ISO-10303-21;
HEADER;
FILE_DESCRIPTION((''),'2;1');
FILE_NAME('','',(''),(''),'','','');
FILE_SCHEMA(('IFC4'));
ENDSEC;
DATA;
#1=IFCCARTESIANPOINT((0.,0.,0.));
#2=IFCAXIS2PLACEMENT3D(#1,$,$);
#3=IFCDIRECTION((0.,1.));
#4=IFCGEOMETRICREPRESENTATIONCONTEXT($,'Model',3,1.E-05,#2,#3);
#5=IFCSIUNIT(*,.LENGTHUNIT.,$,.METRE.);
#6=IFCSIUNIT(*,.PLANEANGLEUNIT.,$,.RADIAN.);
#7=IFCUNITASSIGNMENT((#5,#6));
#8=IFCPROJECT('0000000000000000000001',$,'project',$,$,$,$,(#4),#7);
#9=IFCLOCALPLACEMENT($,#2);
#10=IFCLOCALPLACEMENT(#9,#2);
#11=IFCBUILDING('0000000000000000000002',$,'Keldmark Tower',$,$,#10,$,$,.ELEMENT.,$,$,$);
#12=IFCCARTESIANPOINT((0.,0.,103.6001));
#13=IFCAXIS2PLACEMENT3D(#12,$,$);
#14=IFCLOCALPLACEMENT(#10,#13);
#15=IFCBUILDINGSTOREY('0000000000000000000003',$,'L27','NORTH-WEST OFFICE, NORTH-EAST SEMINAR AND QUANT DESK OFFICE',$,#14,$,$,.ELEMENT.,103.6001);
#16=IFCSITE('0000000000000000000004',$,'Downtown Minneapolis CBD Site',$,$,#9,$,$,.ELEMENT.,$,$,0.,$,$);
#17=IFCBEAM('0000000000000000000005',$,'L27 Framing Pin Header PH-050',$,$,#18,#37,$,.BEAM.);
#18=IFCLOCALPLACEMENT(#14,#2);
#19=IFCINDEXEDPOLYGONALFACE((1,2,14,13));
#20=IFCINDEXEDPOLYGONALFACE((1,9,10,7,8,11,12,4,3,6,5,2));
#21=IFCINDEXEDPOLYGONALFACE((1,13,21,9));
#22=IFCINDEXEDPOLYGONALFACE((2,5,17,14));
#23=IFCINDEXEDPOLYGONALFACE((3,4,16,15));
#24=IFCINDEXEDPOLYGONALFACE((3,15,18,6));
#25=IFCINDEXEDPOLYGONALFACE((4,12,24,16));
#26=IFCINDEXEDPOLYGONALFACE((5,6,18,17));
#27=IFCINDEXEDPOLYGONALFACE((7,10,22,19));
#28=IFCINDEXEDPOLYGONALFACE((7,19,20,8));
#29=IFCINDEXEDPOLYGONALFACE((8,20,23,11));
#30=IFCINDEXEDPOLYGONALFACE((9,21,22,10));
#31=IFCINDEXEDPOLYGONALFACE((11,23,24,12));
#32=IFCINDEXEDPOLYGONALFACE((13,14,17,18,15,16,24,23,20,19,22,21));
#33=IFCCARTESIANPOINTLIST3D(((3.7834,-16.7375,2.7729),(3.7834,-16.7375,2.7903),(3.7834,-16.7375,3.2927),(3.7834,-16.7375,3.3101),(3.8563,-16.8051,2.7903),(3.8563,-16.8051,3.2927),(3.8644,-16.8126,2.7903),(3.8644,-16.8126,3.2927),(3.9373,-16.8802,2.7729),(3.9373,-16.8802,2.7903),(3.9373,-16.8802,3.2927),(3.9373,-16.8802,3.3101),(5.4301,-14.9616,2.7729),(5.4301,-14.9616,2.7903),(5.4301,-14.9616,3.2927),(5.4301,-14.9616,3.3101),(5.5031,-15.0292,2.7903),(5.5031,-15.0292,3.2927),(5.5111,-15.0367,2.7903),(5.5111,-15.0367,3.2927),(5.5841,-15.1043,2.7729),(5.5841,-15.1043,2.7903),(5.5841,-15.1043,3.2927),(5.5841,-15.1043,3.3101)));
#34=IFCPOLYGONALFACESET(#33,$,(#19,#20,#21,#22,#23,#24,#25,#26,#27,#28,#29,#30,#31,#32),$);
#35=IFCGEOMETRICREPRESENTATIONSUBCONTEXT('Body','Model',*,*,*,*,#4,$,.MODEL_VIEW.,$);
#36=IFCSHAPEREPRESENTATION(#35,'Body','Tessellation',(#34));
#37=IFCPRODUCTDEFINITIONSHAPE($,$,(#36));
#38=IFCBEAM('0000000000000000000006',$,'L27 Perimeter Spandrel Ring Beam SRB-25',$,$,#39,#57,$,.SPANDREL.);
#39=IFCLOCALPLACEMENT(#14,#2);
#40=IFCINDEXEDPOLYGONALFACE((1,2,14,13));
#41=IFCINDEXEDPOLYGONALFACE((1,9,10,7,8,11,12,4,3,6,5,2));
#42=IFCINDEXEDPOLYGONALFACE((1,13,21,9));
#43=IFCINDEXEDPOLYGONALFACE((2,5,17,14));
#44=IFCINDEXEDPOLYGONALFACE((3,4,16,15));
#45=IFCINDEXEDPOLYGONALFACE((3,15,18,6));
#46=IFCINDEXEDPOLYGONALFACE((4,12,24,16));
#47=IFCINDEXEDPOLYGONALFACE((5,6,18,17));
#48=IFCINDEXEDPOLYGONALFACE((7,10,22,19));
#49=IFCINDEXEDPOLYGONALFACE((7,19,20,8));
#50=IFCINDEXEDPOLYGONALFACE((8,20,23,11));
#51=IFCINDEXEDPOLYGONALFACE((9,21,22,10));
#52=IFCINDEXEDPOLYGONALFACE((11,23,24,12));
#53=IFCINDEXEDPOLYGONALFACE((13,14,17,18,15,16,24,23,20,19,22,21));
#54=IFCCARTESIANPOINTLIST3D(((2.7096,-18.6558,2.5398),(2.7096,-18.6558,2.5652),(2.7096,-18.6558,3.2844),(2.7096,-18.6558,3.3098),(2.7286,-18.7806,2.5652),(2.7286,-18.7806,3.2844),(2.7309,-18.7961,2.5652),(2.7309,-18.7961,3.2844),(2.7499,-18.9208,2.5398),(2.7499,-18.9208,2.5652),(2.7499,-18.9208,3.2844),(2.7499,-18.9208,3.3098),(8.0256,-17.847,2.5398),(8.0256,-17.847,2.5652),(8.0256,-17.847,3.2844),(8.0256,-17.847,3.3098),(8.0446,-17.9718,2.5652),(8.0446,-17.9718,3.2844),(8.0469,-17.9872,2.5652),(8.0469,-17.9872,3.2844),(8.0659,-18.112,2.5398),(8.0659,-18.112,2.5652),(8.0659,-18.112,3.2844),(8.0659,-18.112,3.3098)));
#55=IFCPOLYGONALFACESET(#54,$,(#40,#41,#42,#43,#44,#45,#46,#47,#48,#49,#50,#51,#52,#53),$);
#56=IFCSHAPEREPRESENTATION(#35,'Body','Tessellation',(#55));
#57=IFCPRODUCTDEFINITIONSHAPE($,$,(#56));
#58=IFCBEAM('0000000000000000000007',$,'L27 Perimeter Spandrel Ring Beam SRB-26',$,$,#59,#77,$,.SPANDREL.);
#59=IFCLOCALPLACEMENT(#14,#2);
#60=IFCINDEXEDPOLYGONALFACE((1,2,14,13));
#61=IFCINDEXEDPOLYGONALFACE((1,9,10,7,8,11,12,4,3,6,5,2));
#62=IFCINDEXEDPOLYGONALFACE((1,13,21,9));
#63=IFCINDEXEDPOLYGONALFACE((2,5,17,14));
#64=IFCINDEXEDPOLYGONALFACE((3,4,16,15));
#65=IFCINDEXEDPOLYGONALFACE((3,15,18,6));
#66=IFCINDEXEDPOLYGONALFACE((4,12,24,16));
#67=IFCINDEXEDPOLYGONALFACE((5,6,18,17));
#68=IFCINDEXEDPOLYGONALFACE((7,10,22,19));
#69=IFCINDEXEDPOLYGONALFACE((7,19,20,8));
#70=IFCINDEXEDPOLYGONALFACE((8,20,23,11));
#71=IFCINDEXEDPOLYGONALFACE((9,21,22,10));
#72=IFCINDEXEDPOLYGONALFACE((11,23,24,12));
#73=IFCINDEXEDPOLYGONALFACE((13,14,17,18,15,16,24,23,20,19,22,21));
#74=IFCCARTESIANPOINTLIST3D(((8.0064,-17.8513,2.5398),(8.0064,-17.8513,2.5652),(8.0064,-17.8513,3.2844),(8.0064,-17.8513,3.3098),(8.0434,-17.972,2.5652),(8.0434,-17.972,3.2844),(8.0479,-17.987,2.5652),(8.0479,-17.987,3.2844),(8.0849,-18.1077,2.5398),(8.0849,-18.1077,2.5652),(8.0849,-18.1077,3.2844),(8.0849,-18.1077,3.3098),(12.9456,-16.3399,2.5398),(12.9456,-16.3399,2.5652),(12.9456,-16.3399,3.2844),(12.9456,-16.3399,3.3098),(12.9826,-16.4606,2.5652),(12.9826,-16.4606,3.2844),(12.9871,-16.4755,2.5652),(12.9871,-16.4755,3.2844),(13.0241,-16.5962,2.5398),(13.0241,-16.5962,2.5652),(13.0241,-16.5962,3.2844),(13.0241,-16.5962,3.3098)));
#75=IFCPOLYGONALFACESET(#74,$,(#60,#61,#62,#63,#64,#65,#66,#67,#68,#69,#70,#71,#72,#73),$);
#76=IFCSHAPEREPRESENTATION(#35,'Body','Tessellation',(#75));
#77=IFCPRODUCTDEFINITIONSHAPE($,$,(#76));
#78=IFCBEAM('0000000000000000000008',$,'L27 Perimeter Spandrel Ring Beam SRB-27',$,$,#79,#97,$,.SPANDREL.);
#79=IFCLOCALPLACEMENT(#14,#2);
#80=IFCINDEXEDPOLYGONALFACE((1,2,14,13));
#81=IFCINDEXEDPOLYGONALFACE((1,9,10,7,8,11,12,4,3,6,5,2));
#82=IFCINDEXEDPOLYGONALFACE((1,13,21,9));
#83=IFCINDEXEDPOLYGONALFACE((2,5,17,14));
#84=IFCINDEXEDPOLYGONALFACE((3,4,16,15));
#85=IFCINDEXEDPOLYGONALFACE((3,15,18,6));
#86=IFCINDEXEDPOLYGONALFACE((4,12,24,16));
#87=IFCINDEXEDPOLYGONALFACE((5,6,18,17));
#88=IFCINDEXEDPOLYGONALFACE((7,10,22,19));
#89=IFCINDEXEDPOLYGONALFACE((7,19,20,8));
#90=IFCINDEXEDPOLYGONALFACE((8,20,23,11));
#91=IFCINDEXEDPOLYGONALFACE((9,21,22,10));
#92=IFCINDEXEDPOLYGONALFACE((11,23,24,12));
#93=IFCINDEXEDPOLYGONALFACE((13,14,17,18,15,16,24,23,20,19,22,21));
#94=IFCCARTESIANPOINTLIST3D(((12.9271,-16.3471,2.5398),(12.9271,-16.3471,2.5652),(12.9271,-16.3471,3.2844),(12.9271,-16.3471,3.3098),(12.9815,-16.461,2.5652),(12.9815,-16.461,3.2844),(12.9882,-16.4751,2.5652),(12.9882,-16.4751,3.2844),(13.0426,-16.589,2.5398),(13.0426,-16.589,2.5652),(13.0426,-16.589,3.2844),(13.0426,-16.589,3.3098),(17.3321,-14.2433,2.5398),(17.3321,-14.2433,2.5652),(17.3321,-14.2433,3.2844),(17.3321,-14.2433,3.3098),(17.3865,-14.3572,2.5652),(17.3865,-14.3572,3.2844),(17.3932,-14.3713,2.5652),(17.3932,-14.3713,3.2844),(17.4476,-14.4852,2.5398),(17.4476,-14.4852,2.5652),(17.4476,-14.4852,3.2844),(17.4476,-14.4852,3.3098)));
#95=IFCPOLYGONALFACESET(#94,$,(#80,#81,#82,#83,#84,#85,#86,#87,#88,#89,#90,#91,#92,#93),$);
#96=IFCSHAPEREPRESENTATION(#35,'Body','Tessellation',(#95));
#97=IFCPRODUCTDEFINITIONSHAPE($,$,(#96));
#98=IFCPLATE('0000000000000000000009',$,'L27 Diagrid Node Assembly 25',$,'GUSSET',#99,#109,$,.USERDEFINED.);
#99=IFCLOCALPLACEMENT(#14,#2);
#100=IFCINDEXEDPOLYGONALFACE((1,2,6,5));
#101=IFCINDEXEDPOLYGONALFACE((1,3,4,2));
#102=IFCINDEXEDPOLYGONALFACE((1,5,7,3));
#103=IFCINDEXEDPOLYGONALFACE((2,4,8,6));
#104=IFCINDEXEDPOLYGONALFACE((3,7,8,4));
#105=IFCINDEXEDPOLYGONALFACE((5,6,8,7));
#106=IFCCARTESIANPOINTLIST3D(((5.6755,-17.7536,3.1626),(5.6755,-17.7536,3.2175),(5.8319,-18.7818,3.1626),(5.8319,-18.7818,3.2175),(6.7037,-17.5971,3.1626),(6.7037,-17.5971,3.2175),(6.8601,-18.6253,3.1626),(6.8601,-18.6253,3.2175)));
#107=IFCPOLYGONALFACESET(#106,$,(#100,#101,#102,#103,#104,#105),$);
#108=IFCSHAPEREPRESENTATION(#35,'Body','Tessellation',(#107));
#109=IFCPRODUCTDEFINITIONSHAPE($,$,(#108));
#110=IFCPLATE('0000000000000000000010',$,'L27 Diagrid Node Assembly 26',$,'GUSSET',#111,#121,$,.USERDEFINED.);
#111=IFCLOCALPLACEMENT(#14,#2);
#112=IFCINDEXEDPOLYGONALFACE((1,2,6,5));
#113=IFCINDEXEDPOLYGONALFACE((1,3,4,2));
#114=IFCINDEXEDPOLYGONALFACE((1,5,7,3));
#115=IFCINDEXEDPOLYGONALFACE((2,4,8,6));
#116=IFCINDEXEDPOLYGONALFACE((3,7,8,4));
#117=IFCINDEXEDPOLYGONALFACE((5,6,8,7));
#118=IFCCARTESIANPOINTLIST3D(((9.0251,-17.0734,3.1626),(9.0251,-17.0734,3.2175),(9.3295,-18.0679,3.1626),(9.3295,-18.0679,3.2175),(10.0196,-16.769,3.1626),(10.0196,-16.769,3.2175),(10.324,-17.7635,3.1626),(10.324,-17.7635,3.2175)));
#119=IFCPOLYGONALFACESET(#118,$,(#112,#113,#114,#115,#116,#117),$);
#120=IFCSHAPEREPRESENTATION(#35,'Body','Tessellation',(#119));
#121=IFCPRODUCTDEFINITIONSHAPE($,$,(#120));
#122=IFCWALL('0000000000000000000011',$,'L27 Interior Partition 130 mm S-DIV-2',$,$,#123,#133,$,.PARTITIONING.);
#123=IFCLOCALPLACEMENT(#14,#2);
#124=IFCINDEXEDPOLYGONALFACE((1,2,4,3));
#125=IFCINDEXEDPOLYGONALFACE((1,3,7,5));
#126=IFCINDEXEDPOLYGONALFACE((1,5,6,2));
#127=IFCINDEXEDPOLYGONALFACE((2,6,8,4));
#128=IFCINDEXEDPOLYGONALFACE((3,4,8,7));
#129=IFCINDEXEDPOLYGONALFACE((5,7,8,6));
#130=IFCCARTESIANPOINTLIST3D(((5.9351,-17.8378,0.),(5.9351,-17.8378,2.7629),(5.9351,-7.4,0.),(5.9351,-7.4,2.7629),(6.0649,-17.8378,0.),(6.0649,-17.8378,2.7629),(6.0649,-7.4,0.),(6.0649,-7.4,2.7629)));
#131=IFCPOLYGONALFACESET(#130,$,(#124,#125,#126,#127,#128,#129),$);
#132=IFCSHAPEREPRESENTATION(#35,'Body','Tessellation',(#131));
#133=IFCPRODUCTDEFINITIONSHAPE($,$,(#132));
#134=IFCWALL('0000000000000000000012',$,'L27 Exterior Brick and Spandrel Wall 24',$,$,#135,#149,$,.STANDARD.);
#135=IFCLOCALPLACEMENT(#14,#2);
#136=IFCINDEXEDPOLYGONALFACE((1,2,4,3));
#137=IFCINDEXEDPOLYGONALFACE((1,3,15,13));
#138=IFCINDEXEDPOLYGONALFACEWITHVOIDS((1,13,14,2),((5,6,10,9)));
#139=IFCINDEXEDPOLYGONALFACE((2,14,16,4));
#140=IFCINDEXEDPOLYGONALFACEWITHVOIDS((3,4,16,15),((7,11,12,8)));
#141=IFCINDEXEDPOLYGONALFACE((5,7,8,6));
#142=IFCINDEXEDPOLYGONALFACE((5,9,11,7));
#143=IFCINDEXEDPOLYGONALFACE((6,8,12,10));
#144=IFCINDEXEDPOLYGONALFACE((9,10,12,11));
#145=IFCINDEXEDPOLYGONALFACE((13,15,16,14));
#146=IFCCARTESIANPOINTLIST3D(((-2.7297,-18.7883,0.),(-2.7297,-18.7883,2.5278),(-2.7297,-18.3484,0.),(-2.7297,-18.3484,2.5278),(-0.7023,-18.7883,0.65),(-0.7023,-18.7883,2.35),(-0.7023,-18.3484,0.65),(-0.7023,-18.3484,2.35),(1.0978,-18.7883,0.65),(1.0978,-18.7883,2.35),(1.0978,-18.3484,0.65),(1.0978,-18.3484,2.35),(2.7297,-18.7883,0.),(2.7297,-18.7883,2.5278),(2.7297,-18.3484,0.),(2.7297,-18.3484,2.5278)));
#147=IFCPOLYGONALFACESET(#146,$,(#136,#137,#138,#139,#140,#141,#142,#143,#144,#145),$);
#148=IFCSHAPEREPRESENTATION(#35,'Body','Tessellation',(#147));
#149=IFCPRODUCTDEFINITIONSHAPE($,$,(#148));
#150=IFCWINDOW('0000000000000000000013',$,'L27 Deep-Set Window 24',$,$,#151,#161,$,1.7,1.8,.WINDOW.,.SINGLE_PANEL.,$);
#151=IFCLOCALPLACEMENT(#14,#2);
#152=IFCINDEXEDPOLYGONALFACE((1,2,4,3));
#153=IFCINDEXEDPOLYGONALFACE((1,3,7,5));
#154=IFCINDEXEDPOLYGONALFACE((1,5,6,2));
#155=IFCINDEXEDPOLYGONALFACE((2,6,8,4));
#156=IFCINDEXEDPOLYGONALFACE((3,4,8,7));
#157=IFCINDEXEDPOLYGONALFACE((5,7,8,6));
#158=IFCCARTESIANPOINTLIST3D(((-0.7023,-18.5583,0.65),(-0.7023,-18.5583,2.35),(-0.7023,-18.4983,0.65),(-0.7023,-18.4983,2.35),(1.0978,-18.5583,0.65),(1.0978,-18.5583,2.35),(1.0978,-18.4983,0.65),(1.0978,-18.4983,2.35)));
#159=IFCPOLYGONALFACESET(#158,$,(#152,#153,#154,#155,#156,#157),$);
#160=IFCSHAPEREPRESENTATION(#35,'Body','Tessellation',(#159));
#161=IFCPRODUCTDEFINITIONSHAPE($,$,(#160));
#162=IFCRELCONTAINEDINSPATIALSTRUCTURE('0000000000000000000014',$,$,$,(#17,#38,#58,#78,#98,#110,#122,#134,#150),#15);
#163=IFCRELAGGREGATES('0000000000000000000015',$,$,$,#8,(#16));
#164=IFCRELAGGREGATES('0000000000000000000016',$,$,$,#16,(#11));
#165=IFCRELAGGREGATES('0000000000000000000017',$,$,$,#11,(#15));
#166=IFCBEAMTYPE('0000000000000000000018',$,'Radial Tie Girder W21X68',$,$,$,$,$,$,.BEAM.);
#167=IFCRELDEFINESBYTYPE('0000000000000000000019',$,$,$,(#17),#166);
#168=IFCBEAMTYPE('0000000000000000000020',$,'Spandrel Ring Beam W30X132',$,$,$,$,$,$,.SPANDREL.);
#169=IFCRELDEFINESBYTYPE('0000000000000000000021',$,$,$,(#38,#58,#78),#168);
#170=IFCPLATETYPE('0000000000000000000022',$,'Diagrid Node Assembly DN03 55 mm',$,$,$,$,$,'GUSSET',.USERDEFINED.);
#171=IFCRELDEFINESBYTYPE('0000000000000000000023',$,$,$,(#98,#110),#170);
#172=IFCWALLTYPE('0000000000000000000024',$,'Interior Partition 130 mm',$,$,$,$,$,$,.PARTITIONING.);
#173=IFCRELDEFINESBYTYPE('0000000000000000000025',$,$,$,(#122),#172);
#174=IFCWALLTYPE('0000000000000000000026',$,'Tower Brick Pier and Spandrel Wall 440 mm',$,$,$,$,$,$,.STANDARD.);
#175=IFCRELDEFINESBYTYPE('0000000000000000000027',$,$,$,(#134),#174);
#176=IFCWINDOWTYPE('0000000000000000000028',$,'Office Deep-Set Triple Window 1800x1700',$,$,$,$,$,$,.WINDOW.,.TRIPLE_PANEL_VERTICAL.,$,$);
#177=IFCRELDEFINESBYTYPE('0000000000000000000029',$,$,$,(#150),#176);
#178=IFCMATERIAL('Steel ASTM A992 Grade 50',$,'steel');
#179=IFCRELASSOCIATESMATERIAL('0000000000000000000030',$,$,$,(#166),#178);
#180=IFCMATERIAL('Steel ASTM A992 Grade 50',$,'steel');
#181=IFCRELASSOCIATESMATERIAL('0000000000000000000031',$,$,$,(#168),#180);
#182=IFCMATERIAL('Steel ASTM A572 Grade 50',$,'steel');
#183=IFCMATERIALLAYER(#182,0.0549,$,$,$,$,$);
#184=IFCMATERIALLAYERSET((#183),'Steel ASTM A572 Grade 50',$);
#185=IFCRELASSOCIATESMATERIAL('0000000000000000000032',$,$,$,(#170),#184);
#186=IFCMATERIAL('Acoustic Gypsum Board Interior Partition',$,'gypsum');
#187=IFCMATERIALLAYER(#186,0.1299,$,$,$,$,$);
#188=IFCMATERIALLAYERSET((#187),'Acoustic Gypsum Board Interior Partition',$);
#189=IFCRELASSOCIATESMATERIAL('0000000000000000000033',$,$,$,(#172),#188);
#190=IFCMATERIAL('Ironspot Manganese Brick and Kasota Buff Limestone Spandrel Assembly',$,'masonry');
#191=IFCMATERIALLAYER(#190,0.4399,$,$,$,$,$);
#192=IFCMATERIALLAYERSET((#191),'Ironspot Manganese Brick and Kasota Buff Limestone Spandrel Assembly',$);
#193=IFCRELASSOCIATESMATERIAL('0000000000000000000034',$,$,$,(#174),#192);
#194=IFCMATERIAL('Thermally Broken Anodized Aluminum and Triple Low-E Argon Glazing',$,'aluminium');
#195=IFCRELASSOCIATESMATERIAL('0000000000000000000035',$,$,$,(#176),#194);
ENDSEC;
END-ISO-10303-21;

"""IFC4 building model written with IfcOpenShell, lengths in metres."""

from ifc_helpers import new_model, si_unit, direction, frame, frame_2d, origin, origin_2d, place, context, subcontext, project, spatial, rectangle, i_section, extrude, material, layer, layer_set, material_profile, profile_set, type_object, element, fill, save


model = new_model("IFC4")

# Units and contexts
model_context = context("Model", 3, precision=1e-05, world=origin(), true_north=direction((0.0, 1.0)))
body_context = subcontext(model_context, "Body", "Model", "MODEL_VIEW")
ifc_project = project(units=[si_unit("LENGTHUNIT", "METRE"), si_unit("PLANEANGLEUNIT", "RADIAN")], contexts=[model_context])

# Site, building, storey
site_placement = place(None, origin())
site = spatial("IfcSite", under=ifc_project, at=site_placement, Name="Downtown Minneapolis CBD Site", CompositionType="ELEMENT", RefElevation=0.0)
building_placement = place(site_placement, origin())
building = spatial("IfcBuilding", under=site, at=building_placement, Name="Keldmark Tower", CompositionType="ELEMENT")
storey_placement = place(building_placement, frame((0.0, 0.0, 103.6001)))
storey = spatial("IfcBuildingStorey", under=building, at=storey_placement, Name="L27", Description="NORTH-WEST OFFICE, NORTH-EAST SEMINAR AND QUANT DESK OFFICE", CompositionType="ELEMENT", Elevation=103.6001)

# Beams
ifc_material_1 = material(Name="Steel ASTM A992 Grade 50", Category="steel")
ifc_material_profile_1 = material_profile(ifc_material_1, i_section(OverallWidth=0.21, OverallDepth=0.5371, WebThickness=0.011, FlangeThickness=0.0173, at=origin_2d()), Name="W21X68")
ifc_profile_set_1 = profile_set([ifc_material_profile_1], Name="Steel ASTM A992 Grade 50")
beam_type_1 = type_object("IfcBeamType", Name="Radial Tie Girder W21X68", PredefinedType="BEAM", material=ifc_profile_set_1)
beam_1_placement = place(storey_placement, frame((3.8604, -16.8088, 3.0415), z_axis=(0.679941, 0.733267, 0.0), x_axis=(-0.733267, 0.679941, 0.0)))
element("IfcBeam", 1, at=beam_1_placement, inside=storey, type_object=beam_type_1, Name="L27 Framing Pin Header PH-050", PredefinedType="BEAM", context=body_context, shape_type="SweptSolid", body=[
    extrude(i_section(OverallWidth=0.21, OverallDepth=0.5371, WebThickness=0.011, FlangeThickness=0.0173, at=origin_2d()), origin(), (0.0, 0.0, 1.0), 2.4219),
])
ifc_material_2 = material(Name="Steel ASTM A992 Grade 50", Category="steel")
ifc_material_profile_2 = material_profile(ifc_material_2, i_section(OverallWidth=0.2681, OverallDepth=0.77, WebThickness=0.0156, FlangeThickness=0.0254, at=origin_2d()), Name="W30X132")
ifc_profile_set_2 = profile_set([ifc_material_profile_2], Name="Steel ASTM A992 Grade 50")
beam_type_2 = type_object("IfcBeamType", Name="Spandrel Ring Beam W30X132", PredefinedType="SPANDREL", material=ifc_profile_set_2)
beam_2_placement = place(storey_placement, frame((2.7297, -18.7883, 2.9248), z_axis=(0.988622, 0.150423, 0.0), x_axis=(-0.150423, 0.988622, 0.0)))
element("IfcBeam", 2, at=beam_2_placement, inside=storey, type_object=beam_type_2, Name="L27 Perimeter Spandrel Ring Beam SRB-25", PredefinedType="SPANDREL", context=body_context, shape_type="SweptSolid", body=[
    extrude(i_section(OverallWidth=0.2681, OverallDepth=0.77, WebThickness=0.0156, FlangeThickness=0.0254, at=origin_2d()), origin(), (0.0, 0.0, 1.0), 5.3772),
])
beam_3_placement = place(storey_placement, frame((8.0457, -17.9795, 2.9248), z_axis=(0.956229, 0.292621, 0.0), x_axis=(-0.292621, 0.956229, 0.0)))
element("IfcBeam", 3, at=beam_3_placement, inside=storey, type_object=beam_type_2, Name="L27 Perimeter Spandrel Ring Beam SRB-26", PredefinedType="SPANDREL", context=body_context, shape_type="SweptSolid", body=[
    extrude(i_section(OverallWidth=0.2681, OverallDepth=0.77, WebThickness=0.0156, FlangeThickness=0.0254, at=origin_2d()), origin(), (0.0, 0.0, 1.0), 5.1653),
])
beam_4_placement = place(storey_placement, frame((12.9849, -16.468, 2.9248), z_axis=(0.902373, 0.430956, 0.0), x_axis=(-0.430956, 0.902373, 0.0)))
element("IfcBeam", 4, at=beam_4_placement, inside=storey, type_object=beam_type_2, Name="L27 Perimeter Spandrel Ring Beam SRB-27", PredefinedType="SPANDREL", context=body_context, shape_type="SweptSolid", body=[
    extrude(i_section(OverallWidth=0.2681, OverallDepth=0.77, WebThickness=0.0156, FlangeThickness=0.0254, at=origin_2d()), origin(), (0.0, 0.0, 1.0), 4.8816),
])

# Plates
ifc_material_3 = material(Name="Steel ASTM A572 Grade 50", Category="steel")
ifc_layer_1 = layer(ifc_material_3, 0.0549)
ifc_layer_set_1 = layer_set([ifc_layer_1], Name="Steel ASTM A572 Grade 50")
plate_type = type_object("IfcPlateType", Name="Diagrid Node Assembly DN03 55 mm", ElementType="GUSSET", PredefinedType="USERDEFINED", material=ifc_layer_set_1)
for number, where, z_axis, x_axis, name in (
    (5, (6.2678, -18.1895, 3.1626), (0.0, 0.0, 1.0), (0.988626, 0.150398, 0.0), "L27 Diagrid Node Assembly 25"),
    (6, (9.6746, -17.4185, 3.1626), (0.0, 0.0, 1.0), (0.956203, 0.292706, 0.0), "L27 Diagrid Node Assembly 26"),
):
    element("IfcPlate", number, at=place(storey_placement, frame(where, z_axis=z_axis, x_axis=x_axis)), inside=storey, type_object=plate_type, Name=name, ObjectType="GUSSET", PredefinedType="USERDEFINED", context=body_context, shape_type="SweptSolid", body=[
        extrude(rectangle(XDim=1.04, YDim=1.04, at=origin_2d()), origin(), (0.0, 0.0, 1.0), 0.0549),
    ])

# Wall
ifc_material_4 = material(Name="Acoustic Gypsum Board Interior Partition", Category="gypsum")
ifc_layer_2 = layer(ifc_material_4, 0.1299)
ifc_layer_set_2 = layer_set([ifc_layer_2], Name="Acoustic Gypsum Board Interior Partition")
wall_type_1 = type_object("IfcWallType", Name="Interior Partition 130 mm", PredefinedType="PARTITIONING", material=ifc_layer_set_2)
wall_1_placement = place(storey_placement, frame((6.0, -17.8376, 0.0), z_axis=(0.0, 0.0, 1.0), x_axis=(0.0, 1.0, 0.0)))
element("IfcWall", 7, at=wall_1_placement, inside=storey, type_object=wall_type_1, Name="L27 Interior Partition 130 mm S-DIV-2", PredefinedType="PARTITIONING", context=body_context, shape_type="SweptSolid", body=[
    extrude(rectangle(XDim=10.4377, YDim=0.1299, at=frame_2d((5.2188, 0.0))), origin(), (0.0, 0.0, 1.0), 2.7629),
])

# Wall, opening, window
ifc_material_5 = material(Name="Ironspot Manganese Brick and Kasota Buff Limestone Spandrel Assembly", Category="masonry")
ifc_layer_3 = layer(ifc_material_5, 0.4399)
ifc_layer_set_3 = layer_set([ifc_layer_3], Name="Ironspot Manganese Brick and Kasota Buff Limestone Spandrel Assembly")
wall_type_2 = type_object("IfcWallType", Name="Tower Brick Pier and Spandrel Wall 440 mm", PredefinedType="STANDARD", material=ifc_layer_set_3)
wall_2_placement = place(storey_placement, frame((2.7297, -18.5684, 0.0), z_axis=(0.0, 0.0, 1.0), x_axis=(-1.0, 0.0, 0.0)))
wall_2 = element("IfcWall", 8, at=wall_2_placement, inside=storey, type_object=wall_type_2, Name="L27 Exterior Brick and Spandrel Wall 24", PredefinedType="STANDARD", context=body_context, shape_type="SweptSolid", body=[
    extrude(rectangle(XDim=5.4595, YDim=0.4399, at=frame_2d((2.7297, 0.0))), origin(), (0.0, 0.0, 1.0), 2.5278),
])
opening_1_placement = place(wall_2_placement, frame((1.6321, 0.0, 0.6499)))
opening_1 = element("IfcOpeningElement", 9, at=opening_1_placement, cuts=wall_2, PredefinedType="OPENING", context=body_context, shape_type="SweptSolid", body=[
    extrude(rectangle(XDim=1.8, YDim=1.7, at=frame_2d((0.8999, 0.8501))), frame((0.0, 0.23, 0.0), z_axis=(0.0, -1.0, 0.0), x_axis=(1.0, 0.0, 0.0)), (0.0, 0.0, 1.0), 0.46),
])
ifc_material_6 = material(Name="Thermally Broken Anodized Aluminum and Triple Low-E Argon Glazing", Category="aluminium")
window_type = type_object("IfcWindowType", Name="Office Deep-Set Triple Window 1800x1700", PartitioningType="TRIPLE_PANEL_VERTICAL", PredefinedType="WINDOW", material=ifc_material_6)
window_1_placement = place(opening_1_placement, origin())
window_1 = element("IfcWindow", 10, at=window_1_placement, inside=storey, type_object=window_type, Name="L27 Deep-Set Window 24", OverallHeight=1.7, OverallWidth=1.8, PartitioningType="SINGLE_PANEL", PredefinedType="WINDOW", context=body_context, shape_type="SweptSolid", body=[
    extrude(rectangle(XDim=1.8, YDim=1.7, at=frame_2d((0.8999, 0.8501))), frame((0.0, -0.01, 0.0), z_axis=(0.0, -1.0, 0.0), x_axis=(1.0, 0.0, 0.0)), (0.0, 0.0, 1.0), 0.0601),
])
fill(opening_1, window_1)

save(model, "model.ifc")
